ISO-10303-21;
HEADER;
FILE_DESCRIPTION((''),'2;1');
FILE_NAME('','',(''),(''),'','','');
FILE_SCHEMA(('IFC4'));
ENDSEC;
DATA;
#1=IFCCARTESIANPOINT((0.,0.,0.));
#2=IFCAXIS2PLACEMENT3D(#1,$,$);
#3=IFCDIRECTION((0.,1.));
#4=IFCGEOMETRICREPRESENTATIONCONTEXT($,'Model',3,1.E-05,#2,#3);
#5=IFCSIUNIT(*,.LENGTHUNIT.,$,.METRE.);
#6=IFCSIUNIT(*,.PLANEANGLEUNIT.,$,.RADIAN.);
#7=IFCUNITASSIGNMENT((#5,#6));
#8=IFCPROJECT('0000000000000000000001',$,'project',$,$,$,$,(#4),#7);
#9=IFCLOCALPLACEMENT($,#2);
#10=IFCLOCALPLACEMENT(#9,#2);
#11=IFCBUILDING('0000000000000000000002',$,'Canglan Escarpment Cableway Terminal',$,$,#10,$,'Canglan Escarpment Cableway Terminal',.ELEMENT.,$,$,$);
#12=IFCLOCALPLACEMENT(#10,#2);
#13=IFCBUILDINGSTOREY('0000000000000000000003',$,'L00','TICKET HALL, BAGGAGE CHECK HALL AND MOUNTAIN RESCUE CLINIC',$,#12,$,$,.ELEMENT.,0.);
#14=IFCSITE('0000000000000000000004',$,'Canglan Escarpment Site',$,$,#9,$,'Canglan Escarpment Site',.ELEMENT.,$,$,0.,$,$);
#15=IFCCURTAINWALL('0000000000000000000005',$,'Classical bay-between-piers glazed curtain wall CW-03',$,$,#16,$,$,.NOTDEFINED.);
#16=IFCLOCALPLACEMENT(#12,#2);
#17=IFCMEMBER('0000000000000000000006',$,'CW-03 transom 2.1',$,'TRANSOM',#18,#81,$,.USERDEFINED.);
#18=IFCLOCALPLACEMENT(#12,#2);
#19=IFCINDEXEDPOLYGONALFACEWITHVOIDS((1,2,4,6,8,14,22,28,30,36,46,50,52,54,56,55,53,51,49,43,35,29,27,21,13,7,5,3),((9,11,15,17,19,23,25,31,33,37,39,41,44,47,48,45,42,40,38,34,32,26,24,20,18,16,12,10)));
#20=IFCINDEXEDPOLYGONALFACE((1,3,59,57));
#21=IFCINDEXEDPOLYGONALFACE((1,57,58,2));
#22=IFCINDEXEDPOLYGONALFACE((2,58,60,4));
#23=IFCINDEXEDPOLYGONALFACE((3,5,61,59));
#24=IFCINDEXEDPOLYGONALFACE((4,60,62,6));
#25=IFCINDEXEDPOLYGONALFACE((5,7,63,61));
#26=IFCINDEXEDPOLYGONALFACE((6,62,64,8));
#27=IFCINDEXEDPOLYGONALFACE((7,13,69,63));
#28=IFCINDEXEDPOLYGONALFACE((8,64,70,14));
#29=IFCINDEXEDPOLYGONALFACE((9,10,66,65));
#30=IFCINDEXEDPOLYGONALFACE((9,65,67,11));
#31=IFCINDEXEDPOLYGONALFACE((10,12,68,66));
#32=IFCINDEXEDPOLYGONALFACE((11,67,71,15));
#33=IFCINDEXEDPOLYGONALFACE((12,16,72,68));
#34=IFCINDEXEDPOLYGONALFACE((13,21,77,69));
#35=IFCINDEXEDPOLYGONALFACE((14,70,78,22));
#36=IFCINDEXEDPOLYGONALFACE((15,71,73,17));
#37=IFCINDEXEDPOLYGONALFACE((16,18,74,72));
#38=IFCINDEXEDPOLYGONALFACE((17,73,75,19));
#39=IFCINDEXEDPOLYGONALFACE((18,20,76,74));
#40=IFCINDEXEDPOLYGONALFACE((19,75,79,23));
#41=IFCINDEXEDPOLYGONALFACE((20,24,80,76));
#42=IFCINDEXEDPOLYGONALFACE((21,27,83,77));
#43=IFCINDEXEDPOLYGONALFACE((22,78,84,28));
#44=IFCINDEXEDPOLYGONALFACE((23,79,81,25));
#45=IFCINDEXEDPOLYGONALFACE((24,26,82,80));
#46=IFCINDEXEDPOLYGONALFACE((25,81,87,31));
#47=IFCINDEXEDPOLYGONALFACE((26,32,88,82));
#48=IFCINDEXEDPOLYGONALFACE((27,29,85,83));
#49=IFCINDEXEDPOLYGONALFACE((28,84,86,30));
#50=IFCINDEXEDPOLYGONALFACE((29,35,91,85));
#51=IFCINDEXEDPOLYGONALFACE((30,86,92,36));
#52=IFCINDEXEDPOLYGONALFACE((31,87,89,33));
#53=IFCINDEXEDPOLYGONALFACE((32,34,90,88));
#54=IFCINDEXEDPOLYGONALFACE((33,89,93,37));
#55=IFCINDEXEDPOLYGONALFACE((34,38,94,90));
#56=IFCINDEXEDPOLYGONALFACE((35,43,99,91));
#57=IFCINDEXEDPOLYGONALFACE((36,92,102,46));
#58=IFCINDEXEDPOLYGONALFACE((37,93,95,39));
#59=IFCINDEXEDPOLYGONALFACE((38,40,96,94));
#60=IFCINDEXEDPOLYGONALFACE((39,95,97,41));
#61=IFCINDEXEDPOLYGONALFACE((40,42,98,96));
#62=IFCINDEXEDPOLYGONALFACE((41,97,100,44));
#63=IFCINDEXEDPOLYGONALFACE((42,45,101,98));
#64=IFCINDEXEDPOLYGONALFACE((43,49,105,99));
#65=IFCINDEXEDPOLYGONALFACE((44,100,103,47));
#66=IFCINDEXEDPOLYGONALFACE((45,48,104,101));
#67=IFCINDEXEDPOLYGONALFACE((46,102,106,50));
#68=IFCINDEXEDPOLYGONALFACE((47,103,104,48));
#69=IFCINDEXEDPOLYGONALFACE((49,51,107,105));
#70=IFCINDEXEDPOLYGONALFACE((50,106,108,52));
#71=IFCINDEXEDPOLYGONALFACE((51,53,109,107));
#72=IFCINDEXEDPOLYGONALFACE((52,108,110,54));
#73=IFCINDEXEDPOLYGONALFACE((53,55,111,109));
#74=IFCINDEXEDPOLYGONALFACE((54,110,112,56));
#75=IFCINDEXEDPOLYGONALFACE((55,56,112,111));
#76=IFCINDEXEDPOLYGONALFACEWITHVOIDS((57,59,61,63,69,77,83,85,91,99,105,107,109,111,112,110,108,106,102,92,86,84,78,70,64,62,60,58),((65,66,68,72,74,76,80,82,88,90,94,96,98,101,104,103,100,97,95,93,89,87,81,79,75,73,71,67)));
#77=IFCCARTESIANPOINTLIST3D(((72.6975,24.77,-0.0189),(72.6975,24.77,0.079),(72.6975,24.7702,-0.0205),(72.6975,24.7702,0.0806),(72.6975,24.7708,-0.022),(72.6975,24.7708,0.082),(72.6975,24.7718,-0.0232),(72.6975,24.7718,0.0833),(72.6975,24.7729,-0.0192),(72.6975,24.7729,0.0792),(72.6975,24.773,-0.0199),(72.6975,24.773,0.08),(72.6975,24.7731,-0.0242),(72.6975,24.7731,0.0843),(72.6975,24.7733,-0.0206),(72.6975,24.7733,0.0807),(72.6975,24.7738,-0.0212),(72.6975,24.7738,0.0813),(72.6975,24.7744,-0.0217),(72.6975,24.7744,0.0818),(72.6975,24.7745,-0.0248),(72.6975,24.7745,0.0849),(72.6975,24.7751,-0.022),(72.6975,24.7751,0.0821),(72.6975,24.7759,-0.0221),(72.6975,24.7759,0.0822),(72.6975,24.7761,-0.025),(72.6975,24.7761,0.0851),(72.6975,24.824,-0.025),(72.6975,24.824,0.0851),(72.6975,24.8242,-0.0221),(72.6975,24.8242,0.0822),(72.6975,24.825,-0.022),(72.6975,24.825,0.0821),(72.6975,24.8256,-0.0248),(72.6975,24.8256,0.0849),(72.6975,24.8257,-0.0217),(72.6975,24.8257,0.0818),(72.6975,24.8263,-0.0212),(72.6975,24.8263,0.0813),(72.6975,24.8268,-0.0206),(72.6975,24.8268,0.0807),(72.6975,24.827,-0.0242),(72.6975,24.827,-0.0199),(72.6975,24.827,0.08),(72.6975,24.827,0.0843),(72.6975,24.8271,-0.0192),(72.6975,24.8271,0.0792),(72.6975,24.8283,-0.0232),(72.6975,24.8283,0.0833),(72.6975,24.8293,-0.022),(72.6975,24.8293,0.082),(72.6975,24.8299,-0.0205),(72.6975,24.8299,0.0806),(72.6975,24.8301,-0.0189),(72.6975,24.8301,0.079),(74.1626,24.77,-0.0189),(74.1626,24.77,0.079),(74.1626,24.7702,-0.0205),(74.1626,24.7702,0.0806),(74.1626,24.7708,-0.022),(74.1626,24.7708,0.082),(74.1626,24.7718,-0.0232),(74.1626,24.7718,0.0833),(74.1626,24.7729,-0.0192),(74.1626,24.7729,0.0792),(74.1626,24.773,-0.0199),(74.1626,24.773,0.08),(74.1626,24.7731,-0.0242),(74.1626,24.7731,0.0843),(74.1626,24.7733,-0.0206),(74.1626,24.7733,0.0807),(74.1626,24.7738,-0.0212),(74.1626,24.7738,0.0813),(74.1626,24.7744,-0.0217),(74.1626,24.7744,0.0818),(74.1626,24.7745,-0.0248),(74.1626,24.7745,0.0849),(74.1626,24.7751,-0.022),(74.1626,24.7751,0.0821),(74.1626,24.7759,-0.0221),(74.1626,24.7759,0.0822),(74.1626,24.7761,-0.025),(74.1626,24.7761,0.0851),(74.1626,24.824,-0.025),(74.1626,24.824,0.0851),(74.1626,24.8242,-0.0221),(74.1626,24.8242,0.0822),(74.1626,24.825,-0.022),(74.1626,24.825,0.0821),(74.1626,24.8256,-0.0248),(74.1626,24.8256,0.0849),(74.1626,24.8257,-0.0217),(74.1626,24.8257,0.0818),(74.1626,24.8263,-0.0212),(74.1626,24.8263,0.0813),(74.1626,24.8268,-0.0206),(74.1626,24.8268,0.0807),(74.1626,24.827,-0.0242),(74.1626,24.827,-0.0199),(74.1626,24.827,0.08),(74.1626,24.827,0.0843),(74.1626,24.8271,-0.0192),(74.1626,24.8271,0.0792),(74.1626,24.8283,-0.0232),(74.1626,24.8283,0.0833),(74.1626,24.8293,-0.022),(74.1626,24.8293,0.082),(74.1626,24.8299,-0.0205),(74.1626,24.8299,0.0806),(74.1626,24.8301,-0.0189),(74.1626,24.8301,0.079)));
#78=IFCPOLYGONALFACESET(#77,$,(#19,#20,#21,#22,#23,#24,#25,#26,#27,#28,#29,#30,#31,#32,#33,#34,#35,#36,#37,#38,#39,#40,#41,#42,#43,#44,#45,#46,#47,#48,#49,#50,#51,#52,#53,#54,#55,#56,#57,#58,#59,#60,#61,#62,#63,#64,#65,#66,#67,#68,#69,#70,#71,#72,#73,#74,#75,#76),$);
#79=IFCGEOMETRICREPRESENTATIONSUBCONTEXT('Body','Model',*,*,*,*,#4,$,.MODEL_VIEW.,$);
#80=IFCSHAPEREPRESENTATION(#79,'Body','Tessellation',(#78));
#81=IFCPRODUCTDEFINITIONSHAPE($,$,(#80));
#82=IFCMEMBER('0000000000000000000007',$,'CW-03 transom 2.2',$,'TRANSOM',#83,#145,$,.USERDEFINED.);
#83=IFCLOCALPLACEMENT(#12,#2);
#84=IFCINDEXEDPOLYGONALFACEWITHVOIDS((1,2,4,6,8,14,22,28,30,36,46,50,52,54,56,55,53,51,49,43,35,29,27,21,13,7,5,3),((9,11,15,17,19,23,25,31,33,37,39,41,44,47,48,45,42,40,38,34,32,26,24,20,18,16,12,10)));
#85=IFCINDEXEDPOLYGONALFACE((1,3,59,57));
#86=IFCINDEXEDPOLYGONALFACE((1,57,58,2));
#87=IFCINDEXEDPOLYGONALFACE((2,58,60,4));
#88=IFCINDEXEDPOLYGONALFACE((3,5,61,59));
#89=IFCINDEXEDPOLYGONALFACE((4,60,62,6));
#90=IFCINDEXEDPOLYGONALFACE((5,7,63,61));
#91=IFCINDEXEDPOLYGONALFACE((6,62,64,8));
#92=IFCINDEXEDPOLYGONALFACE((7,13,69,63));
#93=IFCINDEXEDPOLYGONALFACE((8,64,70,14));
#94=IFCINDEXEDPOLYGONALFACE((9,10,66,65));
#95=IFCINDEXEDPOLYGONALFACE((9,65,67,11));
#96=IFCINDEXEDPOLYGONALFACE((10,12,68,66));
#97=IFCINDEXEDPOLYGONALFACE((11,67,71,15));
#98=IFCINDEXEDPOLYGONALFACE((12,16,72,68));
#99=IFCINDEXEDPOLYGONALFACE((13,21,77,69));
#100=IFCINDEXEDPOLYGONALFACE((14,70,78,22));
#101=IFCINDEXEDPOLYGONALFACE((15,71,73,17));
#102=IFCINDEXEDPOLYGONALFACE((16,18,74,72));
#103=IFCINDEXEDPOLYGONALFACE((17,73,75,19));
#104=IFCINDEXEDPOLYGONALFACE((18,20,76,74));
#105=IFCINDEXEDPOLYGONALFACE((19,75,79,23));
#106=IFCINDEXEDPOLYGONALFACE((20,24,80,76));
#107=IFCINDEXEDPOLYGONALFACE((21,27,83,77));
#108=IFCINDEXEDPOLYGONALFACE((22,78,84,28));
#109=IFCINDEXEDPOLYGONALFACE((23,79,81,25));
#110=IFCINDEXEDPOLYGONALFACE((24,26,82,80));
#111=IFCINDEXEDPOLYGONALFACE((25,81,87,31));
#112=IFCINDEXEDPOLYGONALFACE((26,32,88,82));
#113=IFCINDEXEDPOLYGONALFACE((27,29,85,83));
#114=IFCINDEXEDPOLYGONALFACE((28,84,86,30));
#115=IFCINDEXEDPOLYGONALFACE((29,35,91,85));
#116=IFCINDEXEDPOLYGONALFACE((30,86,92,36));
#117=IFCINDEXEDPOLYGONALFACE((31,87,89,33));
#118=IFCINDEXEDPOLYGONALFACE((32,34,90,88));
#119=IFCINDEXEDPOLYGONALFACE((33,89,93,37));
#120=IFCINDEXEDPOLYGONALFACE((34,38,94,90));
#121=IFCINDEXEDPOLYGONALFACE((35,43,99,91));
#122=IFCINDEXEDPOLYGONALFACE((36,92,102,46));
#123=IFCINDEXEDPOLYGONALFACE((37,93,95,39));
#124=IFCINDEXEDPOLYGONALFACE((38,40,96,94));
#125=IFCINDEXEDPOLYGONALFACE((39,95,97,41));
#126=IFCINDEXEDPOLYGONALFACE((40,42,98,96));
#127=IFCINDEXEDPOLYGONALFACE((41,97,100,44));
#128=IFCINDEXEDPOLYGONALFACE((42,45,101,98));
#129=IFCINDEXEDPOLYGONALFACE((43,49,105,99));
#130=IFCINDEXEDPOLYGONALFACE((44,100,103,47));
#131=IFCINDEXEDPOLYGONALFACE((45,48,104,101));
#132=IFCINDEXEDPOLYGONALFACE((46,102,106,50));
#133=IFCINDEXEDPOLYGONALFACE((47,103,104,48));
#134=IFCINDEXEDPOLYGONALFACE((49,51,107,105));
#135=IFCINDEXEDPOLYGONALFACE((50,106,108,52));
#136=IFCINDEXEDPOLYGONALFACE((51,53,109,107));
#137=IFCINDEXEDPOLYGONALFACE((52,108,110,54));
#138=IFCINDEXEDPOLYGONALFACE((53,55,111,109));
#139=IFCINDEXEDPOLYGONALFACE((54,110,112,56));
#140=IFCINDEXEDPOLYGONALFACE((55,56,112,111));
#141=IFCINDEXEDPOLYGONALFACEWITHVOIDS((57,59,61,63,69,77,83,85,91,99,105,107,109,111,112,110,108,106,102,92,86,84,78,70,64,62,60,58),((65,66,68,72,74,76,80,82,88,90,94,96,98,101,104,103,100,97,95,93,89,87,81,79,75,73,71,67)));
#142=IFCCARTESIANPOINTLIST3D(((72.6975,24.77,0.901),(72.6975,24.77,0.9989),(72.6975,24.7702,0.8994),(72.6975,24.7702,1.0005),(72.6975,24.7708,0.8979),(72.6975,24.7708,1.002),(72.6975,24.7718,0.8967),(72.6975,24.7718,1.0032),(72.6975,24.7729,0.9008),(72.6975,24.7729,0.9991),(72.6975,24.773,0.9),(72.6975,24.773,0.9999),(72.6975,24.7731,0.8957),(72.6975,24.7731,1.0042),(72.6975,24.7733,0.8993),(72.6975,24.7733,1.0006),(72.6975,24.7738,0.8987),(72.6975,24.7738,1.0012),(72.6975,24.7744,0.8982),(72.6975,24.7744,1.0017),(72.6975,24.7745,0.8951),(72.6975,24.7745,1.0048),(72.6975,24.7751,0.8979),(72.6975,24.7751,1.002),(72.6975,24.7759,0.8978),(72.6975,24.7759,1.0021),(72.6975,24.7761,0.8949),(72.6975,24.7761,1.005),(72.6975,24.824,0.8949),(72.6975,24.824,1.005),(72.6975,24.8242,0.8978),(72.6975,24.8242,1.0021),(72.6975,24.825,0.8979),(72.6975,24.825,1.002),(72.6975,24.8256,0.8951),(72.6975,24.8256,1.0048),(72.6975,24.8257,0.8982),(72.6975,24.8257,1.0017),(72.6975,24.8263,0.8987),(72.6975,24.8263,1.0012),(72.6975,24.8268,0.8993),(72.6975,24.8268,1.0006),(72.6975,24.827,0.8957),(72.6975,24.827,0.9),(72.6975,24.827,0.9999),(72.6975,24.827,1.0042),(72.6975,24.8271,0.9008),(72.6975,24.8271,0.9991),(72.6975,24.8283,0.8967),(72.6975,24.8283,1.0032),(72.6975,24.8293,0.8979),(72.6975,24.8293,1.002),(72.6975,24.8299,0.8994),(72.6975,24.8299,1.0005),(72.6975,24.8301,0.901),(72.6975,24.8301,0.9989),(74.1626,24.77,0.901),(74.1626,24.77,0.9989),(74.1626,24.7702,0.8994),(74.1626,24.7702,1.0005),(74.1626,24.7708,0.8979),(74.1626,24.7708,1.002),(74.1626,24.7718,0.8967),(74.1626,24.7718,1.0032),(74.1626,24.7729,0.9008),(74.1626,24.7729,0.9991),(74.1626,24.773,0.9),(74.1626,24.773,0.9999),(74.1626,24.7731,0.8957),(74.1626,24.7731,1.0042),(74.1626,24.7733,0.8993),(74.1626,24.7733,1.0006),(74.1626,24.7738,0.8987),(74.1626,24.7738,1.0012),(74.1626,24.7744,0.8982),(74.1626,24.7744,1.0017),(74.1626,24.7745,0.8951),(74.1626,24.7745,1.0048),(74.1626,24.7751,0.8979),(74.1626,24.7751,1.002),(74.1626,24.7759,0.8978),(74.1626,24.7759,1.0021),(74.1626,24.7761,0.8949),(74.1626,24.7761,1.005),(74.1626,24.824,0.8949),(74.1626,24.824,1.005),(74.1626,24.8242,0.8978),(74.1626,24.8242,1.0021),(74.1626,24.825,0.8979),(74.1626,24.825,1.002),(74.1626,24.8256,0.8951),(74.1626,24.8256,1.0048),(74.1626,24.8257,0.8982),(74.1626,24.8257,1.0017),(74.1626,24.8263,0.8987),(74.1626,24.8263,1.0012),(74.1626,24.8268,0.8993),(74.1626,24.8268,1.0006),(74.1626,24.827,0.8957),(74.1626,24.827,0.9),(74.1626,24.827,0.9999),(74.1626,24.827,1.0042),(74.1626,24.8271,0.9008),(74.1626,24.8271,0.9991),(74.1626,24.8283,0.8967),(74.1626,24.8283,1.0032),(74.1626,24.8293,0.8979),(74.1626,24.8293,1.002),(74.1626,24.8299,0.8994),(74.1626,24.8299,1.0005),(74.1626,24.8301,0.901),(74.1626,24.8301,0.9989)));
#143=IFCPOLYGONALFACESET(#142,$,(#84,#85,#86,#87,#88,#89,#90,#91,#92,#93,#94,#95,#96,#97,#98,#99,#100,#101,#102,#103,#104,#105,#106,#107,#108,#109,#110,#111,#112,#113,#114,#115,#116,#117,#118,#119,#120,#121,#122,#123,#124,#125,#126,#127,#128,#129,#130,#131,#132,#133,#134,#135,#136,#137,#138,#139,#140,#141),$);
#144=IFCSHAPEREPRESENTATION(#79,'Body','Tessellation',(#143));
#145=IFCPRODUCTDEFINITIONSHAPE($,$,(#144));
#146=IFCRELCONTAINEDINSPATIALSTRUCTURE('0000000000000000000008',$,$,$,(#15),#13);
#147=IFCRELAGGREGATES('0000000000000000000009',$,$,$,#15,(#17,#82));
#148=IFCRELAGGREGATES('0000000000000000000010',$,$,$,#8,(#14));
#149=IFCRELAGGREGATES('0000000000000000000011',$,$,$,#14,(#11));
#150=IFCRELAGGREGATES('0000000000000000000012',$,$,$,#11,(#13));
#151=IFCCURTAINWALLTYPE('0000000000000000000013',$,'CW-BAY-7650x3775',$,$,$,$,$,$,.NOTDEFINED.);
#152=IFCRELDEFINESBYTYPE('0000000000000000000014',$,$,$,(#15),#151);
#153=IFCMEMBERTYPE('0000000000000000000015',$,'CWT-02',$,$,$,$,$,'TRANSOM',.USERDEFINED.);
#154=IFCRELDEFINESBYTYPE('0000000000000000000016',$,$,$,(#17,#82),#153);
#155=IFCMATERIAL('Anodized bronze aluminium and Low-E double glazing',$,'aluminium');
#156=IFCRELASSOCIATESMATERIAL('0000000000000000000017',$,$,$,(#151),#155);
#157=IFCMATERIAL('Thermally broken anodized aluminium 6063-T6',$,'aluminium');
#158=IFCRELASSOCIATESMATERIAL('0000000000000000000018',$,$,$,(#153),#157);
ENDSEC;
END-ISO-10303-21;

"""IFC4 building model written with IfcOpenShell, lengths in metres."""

from ifc_helpers import new_model, si_unit, direction, frame, origin, origin_2d, place, context, subcontext, project, spatial, hollow_rectangle, extrude, material, material_profile, profile_set, type_object, element, aggregate, save


model = new_model("IFC4")

# Units and contexts
model_context = context("Model", 3, precision=1e-05, world=origin(), true_north=direction((0.0, 1.0)))
body_context = subcontext(model_context, "Body", "Model", "MODEL_VIEW")
ifc_project = project(units=[si_unit("LENGTHUNIT", "METRE"), si_unit("PLANEANGLEUNIT", "RADIAN")], contexts=[model_context])

# Site, building, storey
site_placement = place(None, origin())
site = spatial("IfcSite", under=ifc_project, at=site_placement, Name="Canglan Escarpment Site", LongName="Canglan Escarpment Site", CompositionType="ELEMENT", RefElevation=0.0)
building_placement = place(site_placement, origin())
building = spatial("IfcBuilding", under=site, at=building_placement, Name="Canglan Escarpment Cableway Terminal", LongName="Canglan Escarpment Cableway Terminal", CompositionType="ELEMENT")
storey_placement = place(building_placement, origin())
storey = spatial("IfcBuildingStorey", under=building, at=storey_placement, Name="L00", Description="TICKET HALL, BAGGAGE CHECK HALL AND MOUNTAIN RESCUE CLINIC", CompositionType="ELEMENT", Elevation=0.0)

# Curtain wall, members
ifc_material_1 = material(Name="Anodized bronze aluminium and Low-E double glazing", Category="aluminium")
curtain_wall_type = type_object("IfcCurtainWallType", Name="CW-BAY-7650x3775", PredefinedType="NOTDEFINED", material=ifc_material_1)
curtain_wall_placement = place(storey_placement, origin())
curtain_wall = element("IfcCurtainWall", 1, at=curtain_wall_placement, inside=storey, type_object=curtain_wall_type, Name="Classical bay-between-piers glazed curtain wall CW-03", PredefinedType="NOTDEFINED")
ifc_material_2 = material(Name="Thermally broken anodized aluminium 6063-T6", Category="aluminium")
ifc_material_profile_1 = material_profile(ifc_material_2, hollow_rectangle(XDim=0.0601, YDim=0.1101, WallThickness=0.0029, InnerFilletRadius=0.0029, OuterFilletRadius=0.0061, at=origin_2d()), Name="ALU-TRAN 60x110x3")
ifc_profile_set_1 = profile_set([ifc_material_profile_1], Name="Thermally broken anodized aluminium 6063-T6")
member_type_1 = type_object("IfcMemberType", Name="CWT-02", ElementType="TRANSOM", PredefinedType="USERDEFINED", material=ifc_profile_set_1)
member_1_placement = place(storey_placement, frame((74.1626, 24.8, 0.03), z_axis=(-1.0, 0.0, 0.0), x_axis=(0.0, -1.0, 0.0)))
member_1 = element("IfcMember", 2, at=member_1_placement, type_object=member_type_1, Name="CW-03 transom 2.1", ObjectType="TRANSOM", PredefinedType="USERDEFINED", context=body_context, shape_type="SweptSolid", body=[
    extrude(hollow_rectangle(XDim=0.0601, YDim=0.1101, WallThickness=0.0029, InnerFilletRadius=0.0029, OuterFilletRadius=0.0061, at=origin_2d()), origin(), (0.0, 0.0, 1.0), 1.4651),
])
member_2_placement = place(storey_placement, frame((74.1626, 24.8, 0.95), z_axis=(-1.0, 0.0, 0.0), x_axis=(0.0, -1.0, 0.0)))
member_2 = element("IfcMember", 3, at=member_2_placement, type_object=member_type_1, Name="CW-03 transom 2.2", ObjectType="TRANSOM", PredefinedType="USERDEFINED", context=body_context, shape_type="SweptSolid", body=[
    extrude(hollow_rectangle(XDim=0.0601, YDim=0.1101, WallThickness=0.0029, InnerFilletRadius=0.0029, OuterFilletRadius=0.0061, at=origin_2d()), origin(), (0.0, 0.0, 1.0), 1.4651),
])
aggregate(curtain_wall, [member_1, member_2])

save(model, "model.ifc")
